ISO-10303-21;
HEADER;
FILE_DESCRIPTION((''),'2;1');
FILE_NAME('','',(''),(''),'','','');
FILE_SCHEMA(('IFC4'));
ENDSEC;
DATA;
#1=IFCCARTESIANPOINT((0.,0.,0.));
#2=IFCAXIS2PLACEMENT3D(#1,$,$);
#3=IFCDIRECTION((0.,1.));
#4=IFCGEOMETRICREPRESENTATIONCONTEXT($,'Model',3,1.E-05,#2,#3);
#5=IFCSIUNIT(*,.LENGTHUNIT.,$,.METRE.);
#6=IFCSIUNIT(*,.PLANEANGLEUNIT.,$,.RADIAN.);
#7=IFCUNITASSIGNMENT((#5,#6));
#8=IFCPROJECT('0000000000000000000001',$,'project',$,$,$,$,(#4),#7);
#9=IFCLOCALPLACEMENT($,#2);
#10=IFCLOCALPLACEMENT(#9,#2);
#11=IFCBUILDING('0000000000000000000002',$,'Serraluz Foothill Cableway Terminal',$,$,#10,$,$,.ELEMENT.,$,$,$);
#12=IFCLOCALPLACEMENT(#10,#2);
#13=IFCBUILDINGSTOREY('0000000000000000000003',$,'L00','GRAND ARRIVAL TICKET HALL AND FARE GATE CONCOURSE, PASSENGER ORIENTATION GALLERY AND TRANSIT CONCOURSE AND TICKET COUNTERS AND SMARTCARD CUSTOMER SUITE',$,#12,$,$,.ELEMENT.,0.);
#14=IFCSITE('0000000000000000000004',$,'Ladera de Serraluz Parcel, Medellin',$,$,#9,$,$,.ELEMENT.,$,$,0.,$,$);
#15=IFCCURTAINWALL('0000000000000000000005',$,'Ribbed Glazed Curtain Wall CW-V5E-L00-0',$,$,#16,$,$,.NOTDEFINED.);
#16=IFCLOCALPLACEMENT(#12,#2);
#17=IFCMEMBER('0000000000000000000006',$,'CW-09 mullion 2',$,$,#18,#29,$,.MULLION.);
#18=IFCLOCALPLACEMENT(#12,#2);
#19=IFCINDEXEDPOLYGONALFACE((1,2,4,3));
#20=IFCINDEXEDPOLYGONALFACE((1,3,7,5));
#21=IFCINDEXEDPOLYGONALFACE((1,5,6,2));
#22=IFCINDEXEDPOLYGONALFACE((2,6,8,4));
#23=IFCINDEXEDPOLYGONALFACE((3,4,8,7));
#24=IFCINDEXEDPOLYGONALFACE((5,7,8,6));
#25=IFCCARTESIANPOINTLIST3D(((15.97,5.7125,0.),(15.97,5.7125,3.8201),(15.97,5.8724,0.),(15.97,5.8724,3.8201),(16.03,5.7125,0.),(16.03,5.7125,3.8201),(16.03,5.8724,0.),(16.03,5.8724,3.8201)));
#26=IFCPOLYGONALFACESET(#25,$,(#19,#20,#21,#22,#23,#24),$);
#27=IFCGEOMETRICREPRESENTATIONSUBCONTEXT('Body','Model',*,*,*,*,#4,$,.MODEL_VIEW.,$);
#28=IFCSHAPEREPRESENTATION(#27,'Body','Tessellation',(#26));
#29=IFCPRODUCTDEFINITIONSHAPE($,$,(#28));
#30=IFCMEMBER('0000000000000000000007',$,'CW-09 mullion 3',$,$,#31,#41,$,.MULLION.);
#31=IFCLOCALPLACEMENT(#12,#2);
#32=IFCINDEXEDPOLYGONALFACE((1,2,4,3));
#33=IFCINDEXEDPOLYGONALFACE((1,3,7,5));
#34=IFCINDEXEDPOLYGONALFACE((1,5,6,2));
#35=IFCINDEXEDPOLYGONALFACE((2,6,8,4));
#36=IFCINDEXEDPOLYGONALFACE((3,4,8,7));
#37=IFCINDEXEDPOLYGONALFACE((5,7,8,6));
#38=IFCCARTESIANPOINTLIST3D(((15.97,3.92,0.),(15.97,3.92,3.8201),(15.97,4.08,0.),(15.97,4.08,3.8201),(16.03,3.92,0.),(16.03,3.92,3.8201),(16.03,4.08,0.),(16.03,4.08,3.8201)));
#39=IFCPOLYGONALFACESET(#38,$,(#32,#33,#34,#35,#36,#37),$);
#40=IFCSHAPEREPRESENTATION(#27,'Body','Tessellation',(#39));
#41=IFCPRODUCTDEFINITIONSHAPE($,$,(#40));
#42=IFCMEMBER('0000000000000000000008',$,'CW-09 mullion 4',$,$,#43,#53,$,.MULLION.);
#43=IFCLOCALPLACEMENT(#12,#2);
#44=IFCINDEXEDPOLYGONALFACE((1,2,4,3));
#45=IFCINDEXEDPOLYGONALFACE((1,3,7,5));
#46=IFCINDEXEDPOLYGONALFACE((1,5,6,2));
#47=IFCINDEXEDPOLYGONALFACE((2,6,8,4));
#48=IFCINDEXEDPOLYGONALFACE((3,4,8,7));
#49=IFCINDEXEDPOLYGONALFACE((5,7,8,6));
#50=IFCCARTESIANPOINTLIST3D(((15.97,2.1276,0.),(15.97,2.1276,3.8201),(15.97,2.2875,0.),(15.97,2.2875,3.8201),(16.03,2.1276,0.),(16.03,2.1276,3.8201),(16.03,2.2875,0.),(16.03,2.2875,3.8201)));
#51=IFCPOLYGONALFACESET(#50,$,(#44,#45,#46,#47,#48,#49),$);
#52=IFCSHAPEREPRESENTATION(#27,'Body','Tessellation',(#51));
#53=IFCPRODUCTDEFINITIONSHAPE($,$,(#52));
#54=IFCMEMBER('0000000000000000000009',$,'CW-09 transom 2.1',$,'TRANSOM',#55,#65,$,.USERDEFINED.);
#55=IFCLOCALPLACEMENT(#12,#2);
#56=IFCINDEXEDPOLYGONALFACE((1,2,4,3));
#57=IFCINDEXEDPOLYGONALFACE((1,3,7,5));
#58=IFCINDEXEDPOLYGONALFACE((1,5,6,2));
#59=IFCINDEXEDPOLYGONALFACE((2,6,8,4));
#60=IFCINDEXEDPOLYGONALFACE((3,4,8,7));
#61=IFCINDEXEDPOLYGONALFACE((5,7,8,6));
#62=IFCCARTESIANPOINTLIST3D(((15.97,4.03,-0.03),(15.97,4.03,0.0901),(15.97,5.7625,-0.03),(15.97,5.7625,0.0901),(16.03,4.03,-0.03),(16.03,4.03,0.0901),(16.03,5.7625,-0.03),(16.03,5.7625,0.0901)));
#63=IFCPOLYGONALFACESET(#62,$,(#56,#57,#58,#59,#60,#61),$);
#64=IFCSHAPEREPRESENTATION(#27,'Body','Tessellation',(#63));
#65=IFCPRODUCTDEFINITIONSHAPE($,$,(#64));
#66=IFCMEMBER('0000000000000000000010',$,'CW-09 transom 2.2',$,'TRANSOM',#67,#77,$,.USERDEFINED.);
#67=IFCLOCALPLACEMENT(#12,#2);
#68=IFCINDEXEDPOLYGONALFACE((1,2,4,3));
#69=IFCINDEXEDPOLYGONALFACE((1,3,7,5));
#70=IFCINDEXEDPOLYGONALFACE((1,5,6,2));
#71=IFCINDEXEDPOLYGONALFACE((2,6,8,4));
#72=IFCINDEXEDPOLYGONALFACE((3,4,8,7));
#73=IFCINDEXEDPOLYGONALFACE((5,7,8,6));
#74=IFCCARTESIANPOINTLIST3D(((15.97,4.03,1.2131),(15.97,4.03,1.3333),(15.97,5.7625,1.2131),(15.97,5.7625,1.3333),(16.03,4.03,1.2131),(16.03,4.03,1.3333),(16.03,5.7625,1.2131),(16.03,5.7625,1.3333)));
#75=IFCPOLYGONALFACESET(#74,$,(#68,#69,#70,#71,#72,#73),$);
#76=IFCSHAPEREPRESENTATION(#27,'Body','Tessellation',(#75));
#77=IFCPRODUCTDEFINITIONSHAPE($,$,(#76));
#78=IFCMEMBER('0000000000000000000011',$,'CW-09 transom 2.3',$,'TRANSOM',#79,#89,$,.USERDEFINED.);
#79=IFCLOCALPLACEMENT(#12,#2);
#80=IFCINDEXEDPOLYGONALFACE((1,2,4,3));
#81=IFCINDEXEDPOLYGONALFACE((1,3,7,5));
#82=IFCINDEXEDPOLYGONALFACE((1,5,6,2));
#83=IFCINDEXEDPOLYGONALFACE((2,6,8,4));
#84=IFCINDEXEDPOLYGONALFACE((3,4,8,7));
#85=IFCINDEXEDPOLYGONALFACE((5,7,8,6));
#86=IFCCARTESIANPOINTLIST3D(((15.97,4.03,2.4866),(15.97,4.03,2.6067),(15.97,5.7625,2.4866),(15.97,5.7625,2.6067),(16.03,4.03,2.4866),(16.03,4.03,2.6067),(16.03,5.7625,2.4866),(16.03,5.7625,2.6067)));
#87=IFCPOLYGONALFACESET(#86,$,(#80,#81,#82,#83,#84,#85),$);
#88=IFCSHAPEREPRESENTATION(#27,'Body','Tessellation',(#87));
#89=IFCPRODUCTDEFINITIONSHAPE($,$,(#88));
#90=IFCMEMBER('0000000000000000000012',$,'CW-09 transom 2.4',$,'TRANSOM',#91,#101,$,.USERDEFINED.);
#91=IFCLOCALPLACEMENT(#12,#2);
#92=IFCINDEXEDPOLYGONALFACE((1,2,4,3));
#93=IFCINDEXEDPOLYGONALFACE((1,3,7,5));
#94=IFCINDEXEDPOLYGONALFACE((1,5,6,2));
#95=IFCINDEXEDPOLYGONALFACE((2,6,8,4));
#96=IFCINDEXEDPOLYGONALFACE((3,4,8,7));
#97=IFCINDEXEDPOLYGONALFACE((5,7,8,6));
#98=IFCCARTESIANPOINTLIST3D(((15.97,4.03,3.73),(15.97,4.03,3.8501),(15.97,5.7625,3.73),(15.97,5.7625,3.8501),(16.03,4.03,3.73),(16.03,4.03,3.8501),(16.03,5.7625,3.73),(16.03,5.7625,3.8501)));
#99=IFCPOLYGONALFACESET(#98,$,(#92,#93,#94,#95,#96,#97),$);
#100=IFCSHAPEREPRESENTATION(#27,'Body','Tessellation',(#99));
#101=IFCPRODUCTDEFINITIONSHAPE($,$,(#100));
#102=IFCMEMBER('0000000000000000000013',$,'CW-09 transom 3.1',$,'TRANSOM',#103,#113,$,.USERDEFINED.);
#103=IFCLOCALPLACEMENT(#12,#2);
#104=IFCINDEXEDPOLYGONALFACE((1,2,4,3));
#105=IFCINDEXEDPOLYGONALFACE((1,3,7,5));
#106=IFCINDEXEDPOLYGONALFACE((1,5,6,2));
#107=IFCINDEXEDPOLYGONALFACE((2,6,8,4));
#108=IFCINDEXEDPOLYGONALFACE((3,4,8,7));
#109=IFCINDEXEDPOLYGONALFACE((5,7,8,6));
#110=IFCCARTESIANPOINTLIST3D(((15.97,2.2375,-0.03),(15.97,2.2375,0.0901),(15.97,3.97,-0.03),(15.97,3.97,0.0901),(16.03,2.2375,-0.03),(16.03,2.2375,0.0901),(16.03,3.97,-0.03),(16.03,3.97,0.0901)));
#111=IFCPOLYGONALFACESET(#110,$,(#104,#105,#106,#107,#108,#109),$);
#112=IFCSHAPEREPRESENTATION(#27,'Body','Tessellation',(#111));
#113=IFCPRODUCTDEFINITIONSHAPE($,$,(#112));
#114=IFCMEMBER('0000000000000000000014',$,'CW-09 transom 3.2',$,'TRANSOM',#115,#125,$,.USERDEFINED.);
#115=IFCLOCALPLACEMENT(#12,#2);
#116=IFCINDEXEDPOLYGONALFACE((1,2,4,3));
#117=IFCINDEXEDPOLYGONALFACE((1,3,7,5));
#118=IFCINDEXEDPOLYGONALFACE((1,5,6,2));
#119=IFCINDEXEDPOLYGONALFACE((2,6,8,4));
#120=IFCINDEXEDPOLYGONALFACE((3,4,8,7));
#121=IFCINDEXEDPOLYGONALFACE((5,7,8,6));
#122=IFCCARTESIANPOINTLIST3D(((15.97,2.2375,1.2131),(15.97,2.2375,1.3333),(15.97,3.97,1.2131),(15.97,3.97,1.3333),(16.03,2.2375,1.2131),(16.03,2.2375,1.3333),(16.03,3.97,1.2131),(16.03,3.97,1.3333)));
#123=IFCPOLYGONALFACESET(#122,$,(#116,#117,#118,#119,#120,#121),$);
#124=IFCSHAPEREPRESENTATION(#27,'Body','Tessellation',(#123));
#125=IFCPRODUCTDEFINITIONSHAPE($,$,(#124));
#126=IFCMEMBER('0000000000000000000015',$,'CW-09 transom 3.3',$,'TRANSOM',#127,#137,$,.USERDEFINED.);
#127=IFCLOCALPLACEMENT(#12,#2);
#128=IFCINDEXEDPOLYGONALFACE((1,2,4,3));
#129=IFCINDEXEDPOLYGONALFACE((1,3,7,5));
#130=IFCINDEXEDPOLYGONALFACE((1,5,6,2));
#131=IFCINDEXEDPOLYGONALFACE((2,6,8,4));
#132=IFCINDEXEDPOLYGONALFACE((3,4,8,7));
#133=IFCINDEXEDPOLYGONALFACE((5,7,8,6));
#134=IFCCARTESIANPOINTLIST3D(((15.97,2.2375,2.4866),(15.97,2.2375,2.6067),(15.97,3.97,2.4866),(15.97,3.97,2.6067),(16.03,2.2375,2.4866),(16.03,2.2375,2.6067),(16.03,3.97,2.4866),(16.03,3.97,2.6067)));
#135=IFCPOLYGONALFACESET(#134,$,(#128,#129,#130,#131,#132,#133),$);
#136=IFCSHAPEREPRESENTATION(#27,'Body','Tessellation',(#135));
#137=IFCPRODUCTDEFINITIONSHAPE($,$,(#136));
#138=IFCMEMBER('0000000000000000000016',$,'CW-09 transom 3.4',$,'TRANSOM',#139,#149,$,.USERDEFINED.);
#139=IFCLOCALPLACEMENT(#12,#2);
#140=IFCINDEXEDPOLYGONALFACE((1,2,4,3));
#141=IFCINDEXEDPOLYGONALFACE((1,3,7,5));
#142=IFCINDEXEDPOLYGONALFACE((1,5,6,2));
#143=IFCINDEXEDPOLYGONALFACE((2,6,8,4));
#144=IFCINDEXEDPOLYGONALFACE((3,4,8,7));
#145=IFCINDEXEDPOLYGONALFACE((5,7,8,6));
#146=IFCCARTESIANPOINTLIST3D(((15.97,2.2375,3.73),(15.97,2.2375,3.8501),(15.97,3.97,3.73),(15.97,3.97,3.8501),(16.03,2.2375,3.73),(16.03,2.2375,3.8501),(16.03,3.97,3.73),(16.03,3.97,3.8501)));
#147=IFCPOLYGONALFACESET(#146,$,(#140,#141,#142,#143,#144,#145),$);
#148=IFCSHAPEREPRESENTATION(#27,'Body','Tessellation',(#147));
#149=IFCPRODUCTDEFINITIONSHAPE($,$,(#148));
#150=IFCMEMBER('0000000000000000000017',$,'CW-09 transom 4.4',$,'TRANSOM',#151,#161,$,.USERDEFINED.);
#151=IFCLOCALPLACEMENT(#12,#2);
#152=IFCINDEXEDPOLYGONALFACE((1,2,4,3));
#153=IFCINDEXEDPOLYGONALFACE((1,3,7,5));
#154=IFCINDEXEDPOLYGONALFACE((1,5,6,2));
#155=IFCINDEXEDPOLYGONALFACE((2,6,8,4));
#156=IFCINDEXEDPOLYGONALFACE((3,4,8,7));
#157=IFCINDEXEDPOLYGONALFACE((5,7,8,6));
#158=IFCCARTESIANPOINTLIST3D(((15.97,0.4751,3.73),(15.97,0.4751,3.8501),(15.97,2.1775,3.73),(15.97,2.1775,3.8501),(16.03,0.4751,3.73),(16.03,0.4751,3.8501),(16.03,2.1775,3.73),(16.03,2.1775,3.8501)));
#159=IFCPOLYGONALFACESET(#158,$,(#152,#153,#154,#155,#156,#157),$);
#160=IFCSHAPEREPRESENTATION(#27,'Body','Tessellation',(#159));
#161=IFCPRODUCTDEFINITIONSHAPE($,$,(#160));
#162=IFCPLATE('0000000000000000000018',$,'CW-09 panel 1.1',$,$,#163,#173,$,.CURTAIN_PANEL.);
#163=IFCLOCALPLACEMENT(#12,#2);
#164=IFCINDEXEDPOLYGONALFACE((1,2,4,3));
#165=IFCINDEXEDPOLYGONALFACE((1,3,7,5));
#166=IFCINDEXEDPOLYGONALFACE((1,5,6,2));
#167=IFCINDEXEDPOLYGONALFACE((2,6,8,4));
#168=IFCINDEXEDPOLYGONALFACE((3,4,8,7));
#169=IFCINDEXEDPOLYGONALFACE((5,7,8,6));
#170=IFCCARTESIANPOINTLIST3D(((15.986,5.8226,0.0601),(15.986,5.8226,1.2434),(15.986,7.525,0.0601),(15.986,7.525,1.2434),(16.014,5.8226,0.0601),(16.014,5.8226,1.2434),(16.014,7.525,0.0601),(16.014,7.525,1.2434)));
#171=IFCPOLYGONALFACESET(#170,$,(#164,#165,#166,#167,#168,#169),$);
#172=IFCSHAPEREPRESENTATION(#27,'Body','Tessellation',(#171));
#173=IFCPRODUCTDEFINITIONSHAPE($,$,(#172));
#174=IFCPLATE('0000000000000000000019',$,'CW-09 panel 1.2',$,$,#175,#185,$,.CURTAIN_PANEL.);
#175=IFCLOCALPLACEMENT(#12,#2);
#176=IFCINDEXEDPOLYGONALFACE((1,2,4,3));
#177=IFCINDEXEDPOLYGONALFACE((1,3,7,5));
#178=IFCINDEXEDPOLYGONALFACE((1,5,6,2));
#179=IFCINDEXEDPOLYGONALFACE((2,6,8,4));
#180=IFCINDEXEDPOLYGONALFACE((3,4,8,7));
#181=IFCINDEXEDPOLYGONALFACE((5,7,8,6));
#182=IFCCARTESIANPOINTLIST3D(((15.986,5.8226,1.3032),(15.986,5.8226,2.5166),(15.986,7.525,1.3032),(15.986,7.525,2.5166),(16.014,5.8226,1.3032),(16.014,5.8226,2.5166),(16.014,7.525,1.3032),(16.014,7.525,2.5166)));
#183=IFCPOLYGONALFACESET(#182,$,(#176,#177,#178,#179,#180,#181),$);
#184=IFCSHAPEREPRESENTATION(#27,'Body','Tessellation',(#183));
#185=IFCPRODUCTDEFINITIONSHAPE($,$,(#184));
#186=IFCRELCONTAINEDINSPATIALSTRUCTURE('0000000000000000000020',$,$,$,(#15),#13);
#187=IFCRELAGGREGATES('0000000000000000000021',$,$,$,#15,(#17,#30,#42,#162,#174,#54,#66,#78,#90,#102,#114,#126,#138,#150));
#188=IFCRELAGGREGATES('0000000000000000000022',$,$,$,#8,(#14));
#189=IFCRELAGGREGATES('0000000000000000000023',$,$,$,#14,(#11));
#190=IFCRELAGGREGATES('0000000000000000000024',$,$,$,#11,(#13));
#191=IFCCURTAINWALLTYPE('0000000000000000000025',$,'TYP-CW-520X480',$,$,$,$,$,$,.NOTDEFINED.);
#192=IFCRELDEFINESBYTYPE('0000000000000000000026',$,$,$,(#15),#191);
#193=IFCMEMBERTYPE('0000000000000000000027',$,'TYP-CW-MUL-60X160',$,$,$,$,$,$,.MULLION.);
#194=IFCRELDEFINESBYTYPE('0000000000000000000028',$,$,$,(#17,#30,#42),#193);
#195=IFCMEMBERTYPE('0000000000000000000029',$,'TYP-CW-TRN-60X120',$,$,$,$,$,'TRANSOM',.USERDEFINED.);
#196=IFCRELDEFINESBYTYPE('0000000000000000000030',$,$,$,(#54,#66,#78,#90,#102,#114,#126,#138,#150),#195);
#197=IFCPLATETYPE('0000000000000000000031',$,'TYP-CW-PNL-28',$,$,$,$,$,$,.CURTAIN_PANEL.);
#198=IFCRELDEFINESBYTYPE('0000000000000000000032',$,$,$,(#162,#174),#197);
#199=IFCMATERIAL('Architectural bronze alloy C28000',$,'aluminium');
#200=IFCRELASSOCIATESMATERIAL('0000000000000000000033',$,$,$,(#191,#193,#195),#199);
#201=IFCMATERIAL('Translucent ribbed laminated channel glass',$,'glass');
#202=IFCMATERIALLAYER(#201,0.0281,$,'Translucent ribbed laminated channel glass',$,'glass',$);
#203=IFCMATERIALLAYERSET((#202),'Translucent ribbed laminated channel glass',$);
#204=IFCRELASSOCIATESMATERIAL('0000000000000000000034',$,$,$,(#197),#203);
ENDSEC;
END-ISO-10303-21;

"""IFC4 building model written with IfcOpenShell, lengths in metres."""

from ifc_helpers import new_model, si_unit, direction, frame, origin, origin_2d, place, context, subcontext, project, spatial, rectangle, extrude, material, layer, layer_set, material_profile, profile_set, type_object, element, aggregate, save


model = new_model("IFC4")

# Units and contexts
model_context = context("Model", 3, precision=1e-05, world=origin(), true_north=direction((0.0, 1.0)))
body_context = subcontext(model_context, "Body", "Model", "MODEL_VIEW")
ifc_project = project(units=[si_unit("LENGTHUNIT", "METRE"), si_unit("PLANEANGLEUNIT", "RADIAN")], contexts=[model_context])

# Site, building, storey
site_placement = place(None, origin())
site = spatial("IfcSite", under=ifc_project, at=site_placement, Name="Ladera de Serraluz Parcel, Medellin", CompositionType="ELEMENT", RefElevation=0.0)
building_placement = place(site_placement, origin())
building = spatial("IfcBuilding", under=site, at=building_placement, Name="Serraluz Foothill Cableway Terminal", CompositionType="ELEMENT")
storey_placement = place(building_placement, origin())
storey = spatial("IfcBuildingStorey", under=building, at=storey_placement, Name="L00", Description="GRAND ARRIVAL TICKET HALL AND FARE GATE CONCOURSE, PASSENGER ORIENTATION GALLERY AND TRANSIT CONCOURSE AND TICKET COUNTERS AND SMARTCARD CUSTOMER SUITE", CompositionType="ELEMENT", Elevation=0.0)

# Curtain wall, members, plates
ifc_material_1 = material(Name="Architectural bronze alloy C28000", Category="aluminium")
curtain_wall_type = type_object("IfcCurtainWallType", Name="TYP-CW-520X480", PredefinedType="NOTDEFINED", material=ifc_material_1)
curtain_wall_placement = place(storey_placement, origin())
curtain_wall = element("IfcCurtainWall", 1, at=curtain_wall_placement, inside=storey, type_object=curtain_wall_type, Name="Ribbed Glazed Curtain Wall CW-V5E-L00-0", PredefinedType="NOTDEFINED")
ifc_material_profile_1 = material_profile(ifc_material_1, rectangle(XDim=0.0601, YDim=0.1599, at=origin_2d()), Name="ALU MULLION 60x160")
ifc_profile_set_1 = profile_set([ifc_material_profile_1], Name="Architectural bronze alloy C28000")
member_type_1 = type_object("IfcMemberType", Name="TYP-CW-MUL-60X160", PredefinedType="MULLION", material=ifc_profile_set_1)
member_1_placement = place(storey_placement, frame((16.0, 5.7925, 0.0), z_axis=(0.0, 0.0, 1.0), x_axis=(1.0, 0.0, 0.0)))
member_1 = element("IfcMember", 2, at=member_1_placement, type_object=member_type_1, Name="CW-09 mullion 2", PredefinedType="MULLION", context=body_context, shape_type="SweptSolid", body=[
    extrude(rectangle(XDim=0.0601, YDim=0.1599, at=origin_2d()), origin(), (0.0, 0.0, 1.0), 3.8201),
])
member_2_placement = place(storey_placement, frame((16.0, 4.0, 0.0), z_axis=(0.0, 0.0, 1.0), x_axis=(1.0, 0.0, 0.0)))
member_2 = element("IfcMember", 3, at=member_2_placement, type_object=member_type_1, Name="CW-09 mullion 3", PredefinedType="MULLION", context=body_context, shape_type="SweptSolid", body=[
    extrude(rectangle(XDim=0.0601, YDim=0.1599, at=origin_2d()), origin(), (0.0, 0.0, 1.0), 3.8201),
])
member_3_placement = place(storey_placement, frame((16.0, 2.2075, 0.0), z_axis=(0.0, 0.0, 1.0), x_axis=(1.0, 0.0, 0.0)))
member_3 = element("IfcMember", 4, at=member_3_placement, type_object=member_type_1, Name="CW-09 mullion 4", PredefinedType="MULLION", context=body_context, shape_type="SweptSolid", body=[
    extrude(rectangle(XDim=0.0601, YDim=0.1599, at=origin_2d()), origin(), (0.0, 0.0, 1.0), 3.8201),
])
ifc_material_profile_2 = material_profile(ifc_material_1, rectangle(XDim=0.0601, YDim=0.1201, at=origin_2d()), Name="ALU TRANSOM 60x120")
ifc_profile_set_2 = profile_set([ifc_material_profile_2], Name="Architectural bronze alloy C28000")
member_type_2 = type_object("IfcMemberType", Name="TYP-CW-TRN-60X120", ElementType="TRANSOM", PredefinedType="USERDEFINED", material=ifc_profile_set_2)
member_4_placement = place(storey_placement, frame((16.0, 5.7625, 0.03), z_axis=(0.0, -1.0, 0.0), x_axis=(1.0, 0.0, 0.0)))
member_4 = element("IfcMember", 5, at=member_4_placement, type_object=member_type_2, Name="CW-09 transom 2.1", ObjectType="TRANSOM", PredefinedType="USERDEFINED", context=body_context, shape_type="SweptSolid", body=[
    extrude(rectangle(XDim=0.0601, YDim=0.1201, at=origin_2d()), origin(), (0.0, 0.0, 1.0), 1.7324),
])
member_5_placement = place(storey_placement, frame((16.0, 5.7625, 1.2732), z_axis=(0.0, -1.0, 0.0), x_axis=(1.0, 0.0, 0.0)))
member_5 = element("IfcMember", 6, at=member_5_placement, type_object=member_type_2, Name="CW-09 transom 2.2", ObjectType="TRANSOM", PredefinedType="USERDEFINED", context=body_context, shape_type="SweptSolid", body=[
    extrude(rectangle(XDim=0.0601, YDim=0.1201, at=origin_2d()), origin(), (0.0, 0.0, 1.0), 1.7324),
])
member_6_placement = place(storey_placement, frame((16.0, 5.7625, 2.5466), z_axis=(0.0, -1.0, 0.0), x_axis=(1.0, 0.0, 0.0)))
member_6 = element("IfcMember", 7, at=member_6_placement, type_object=member_type_2, Name="CW-09 transom 2.3", ObjectType="TRANSOM", PredefinedType="USERDEFINED", context=body_context, shape_type="SweptSolid", body=[
    extrude(rectangle(XDim=0.0601, YDim=0.1201, at=origin_2d()), origin(), (0.0, 0.0, 1.0), 1.7324),
])
member_7_placement = place(storey_placement, frame((16.0, 5.7625, 3.79), z_axis=(0.0, -1.0, 0.0), x_axis=(1.0, 0.0, 0.0)))
member_7 = element("IfcMember", 8, at=member_7_placement, type_object=member_type_2, Name="CW-09 transom 2.4", ObjectType="TRANSOM", PredefinedType="USERDEFINED", context=body_context, shape_type="SweptSolid", body=[
    extrude(rectangle(XDim=0.0601, YDim=0.1201, at=origin_2d()), origin(), (0.0, 0.0, 1.0), 1.7324),
])
member_8_placement = place(storey_placement, frame((16.0, 3.97, 0.03), z_axis=(0.0, -1.0, 0.0), x_axis=(1.0, 0.0, 0.0)))
member_8 = element("IfcMember", 9, at=member_8_placement, type_object=member_type_2, Name="CW-09 transom 3.1", ObjectType="TRANSOM", PredefinedType="USERDEFINED", context=body_context, shape_type="SweptSolid", body=[
    extrude(rectangle(XDim=0.0601, YDim=0.1201, at=origin_2d()), origin(), (0.0, 0.0, 1.0), 1.7324),
])
member_9_placement = place(storey_placement, frame((16.0, 3.97, 1.2732), z_axis=(0.0, -1.0, 0.0), x_axis=(1.0, 0.0, 0.0)))
member_9 = element("IfcMember", 10, at=member_9_placement, type_object=member_type_2, Name="CW-09 transom 3.2", ObjectType="TRANSOM", PredefinedType="USERDEFINED", context=body_context, shape_type="SweptSolid", body=[
    extrude(rectangle(XDim=0.0601, YDim=0.1201, at=origin_2d()), origin(), (0.0, 0.0, 1.0), 1.7324),
])
member_10_placement = place(storey_placement, frame((16.0, 3.97, 2.5466), z_axis=(0.0, -1.0, 0.0), x_axis=(1.0, 0.0, 0.0)))
member_10 = element("IfcMember", 11, at=member_10_placement, type_object=member_type_2, Name="CW-09 transom 3.3", ObjectType="TRANSOM", PredefinedType="USERDEFINED", context=body_context, shape_type="SweptSolid", body=[
    extrude(rectangle(XDim=0.0601, YDim=0.1201, at=origin_2d()), origin(), (0.0, 0.0, 1.0), 1.7324),
])
member_11_placement = place(storey_placement, frame((16.0, 3.97, 3.79), z_axis=(0.0, -1.0, 0.0), x_axis=(1.0, 0.0, 0.0)))
member_11 = element("IfcMember", 12, at=member_11_placement, type_object=member_type_2, Name="CW-09 transom 3.4", ObjectType="TRANSOM", PredefinedType="USERDEFINED", context=body_context, shape_type="SweptSolid", body=[
    extrude(rectangle(XDim=0.0601, YDim=0.1201, at=origin_2d()), origin(), (0.0, 0.0, 1.0), 1.7324),
])
member_12_placement = place(storey_placement, frame((16.0, 2.1775, 3.79), z_axis=(0.0, -1.0, 0.0), x_axis=(1.0, 0.0, 0.0)))
member_12 = element("IfcMember", 13, at=member_12_placement, type_object=member_type_2, Name="CW-09 transom 4.4", ObjectType="TRANSOM", PredefinedType="USERDEFINED", context=body_context, shape_type="SweptSolid", body=[
    extrude(rectangle(XDim=0.0601, YDim=0.1201, at=origin_2d()), origin(), (0.0, 0.0, 1.0), 1.7024),
])
ifc_material_2 = material(Name="Translucent ribbed laminated channel glass", Category="glass")
ifc_layer = layer(ifc_material_2, 0.0281, Name="Translucent ribbed laminated channel glass", Category="glass")
ifc_layer_set = layer_set([ifc_layer], Name="Translucent ribbed laminated channel glass")
plate_type = type_object("IfcPlateType", Name="TYP-CW-PNL-28", PredefinedType="CURTAIN_PANEL", material=ifc_layer_set)
plate_1_placement = place(storey_placement, frame((16.0, 6.6738, 0.0601), z_axis=(0.0, 0.0, 1.0), x_axis=(0.0, -1.0, 0.0)))
plate_1 = element("IfcPlate", 14, at=plate_1_placement, type_object=plate_type, Name="CW-09 panel 1.1", PredefinedType="CURTAIN_PANEL", context=body_context, shape_type="SweptSolid", body=[
    extrude(rectangle(XDim=1.7024, YDim=0.0281, at=origin_2d()), origin(), (0.0, 0.0, 1.0), 1.1833),
])
plate_2_placement = place(storey_placement, frame((16.0, 6.6738, 1.3032), z_axis=(0.0, 0.0, 1.0), x_axis=(0.0, -1.0, 0.0)))
plate_2 = element("IfcPlate", 15, at=plate_2_placement, type_object=plate_type, Name="CW-09 panel 1.2", PredefinedType="CURTAIN_PANEL", context=body_context, shape_type="SweptSolid", body=[
    extrude(rectangle(XDim=1.7024, YDim=0.0281, at=origin_2d()), origin(), (0.0, 0.0, 1.0), 1.2134),
])
aggregate(curtain_wall, [member_1, member_2, member_3, plate_1, plate_2, member_4, member_5, member_6, member_7, member_8, member_9, member_10, member_11, member_12])

save(model, "model.ifc")
